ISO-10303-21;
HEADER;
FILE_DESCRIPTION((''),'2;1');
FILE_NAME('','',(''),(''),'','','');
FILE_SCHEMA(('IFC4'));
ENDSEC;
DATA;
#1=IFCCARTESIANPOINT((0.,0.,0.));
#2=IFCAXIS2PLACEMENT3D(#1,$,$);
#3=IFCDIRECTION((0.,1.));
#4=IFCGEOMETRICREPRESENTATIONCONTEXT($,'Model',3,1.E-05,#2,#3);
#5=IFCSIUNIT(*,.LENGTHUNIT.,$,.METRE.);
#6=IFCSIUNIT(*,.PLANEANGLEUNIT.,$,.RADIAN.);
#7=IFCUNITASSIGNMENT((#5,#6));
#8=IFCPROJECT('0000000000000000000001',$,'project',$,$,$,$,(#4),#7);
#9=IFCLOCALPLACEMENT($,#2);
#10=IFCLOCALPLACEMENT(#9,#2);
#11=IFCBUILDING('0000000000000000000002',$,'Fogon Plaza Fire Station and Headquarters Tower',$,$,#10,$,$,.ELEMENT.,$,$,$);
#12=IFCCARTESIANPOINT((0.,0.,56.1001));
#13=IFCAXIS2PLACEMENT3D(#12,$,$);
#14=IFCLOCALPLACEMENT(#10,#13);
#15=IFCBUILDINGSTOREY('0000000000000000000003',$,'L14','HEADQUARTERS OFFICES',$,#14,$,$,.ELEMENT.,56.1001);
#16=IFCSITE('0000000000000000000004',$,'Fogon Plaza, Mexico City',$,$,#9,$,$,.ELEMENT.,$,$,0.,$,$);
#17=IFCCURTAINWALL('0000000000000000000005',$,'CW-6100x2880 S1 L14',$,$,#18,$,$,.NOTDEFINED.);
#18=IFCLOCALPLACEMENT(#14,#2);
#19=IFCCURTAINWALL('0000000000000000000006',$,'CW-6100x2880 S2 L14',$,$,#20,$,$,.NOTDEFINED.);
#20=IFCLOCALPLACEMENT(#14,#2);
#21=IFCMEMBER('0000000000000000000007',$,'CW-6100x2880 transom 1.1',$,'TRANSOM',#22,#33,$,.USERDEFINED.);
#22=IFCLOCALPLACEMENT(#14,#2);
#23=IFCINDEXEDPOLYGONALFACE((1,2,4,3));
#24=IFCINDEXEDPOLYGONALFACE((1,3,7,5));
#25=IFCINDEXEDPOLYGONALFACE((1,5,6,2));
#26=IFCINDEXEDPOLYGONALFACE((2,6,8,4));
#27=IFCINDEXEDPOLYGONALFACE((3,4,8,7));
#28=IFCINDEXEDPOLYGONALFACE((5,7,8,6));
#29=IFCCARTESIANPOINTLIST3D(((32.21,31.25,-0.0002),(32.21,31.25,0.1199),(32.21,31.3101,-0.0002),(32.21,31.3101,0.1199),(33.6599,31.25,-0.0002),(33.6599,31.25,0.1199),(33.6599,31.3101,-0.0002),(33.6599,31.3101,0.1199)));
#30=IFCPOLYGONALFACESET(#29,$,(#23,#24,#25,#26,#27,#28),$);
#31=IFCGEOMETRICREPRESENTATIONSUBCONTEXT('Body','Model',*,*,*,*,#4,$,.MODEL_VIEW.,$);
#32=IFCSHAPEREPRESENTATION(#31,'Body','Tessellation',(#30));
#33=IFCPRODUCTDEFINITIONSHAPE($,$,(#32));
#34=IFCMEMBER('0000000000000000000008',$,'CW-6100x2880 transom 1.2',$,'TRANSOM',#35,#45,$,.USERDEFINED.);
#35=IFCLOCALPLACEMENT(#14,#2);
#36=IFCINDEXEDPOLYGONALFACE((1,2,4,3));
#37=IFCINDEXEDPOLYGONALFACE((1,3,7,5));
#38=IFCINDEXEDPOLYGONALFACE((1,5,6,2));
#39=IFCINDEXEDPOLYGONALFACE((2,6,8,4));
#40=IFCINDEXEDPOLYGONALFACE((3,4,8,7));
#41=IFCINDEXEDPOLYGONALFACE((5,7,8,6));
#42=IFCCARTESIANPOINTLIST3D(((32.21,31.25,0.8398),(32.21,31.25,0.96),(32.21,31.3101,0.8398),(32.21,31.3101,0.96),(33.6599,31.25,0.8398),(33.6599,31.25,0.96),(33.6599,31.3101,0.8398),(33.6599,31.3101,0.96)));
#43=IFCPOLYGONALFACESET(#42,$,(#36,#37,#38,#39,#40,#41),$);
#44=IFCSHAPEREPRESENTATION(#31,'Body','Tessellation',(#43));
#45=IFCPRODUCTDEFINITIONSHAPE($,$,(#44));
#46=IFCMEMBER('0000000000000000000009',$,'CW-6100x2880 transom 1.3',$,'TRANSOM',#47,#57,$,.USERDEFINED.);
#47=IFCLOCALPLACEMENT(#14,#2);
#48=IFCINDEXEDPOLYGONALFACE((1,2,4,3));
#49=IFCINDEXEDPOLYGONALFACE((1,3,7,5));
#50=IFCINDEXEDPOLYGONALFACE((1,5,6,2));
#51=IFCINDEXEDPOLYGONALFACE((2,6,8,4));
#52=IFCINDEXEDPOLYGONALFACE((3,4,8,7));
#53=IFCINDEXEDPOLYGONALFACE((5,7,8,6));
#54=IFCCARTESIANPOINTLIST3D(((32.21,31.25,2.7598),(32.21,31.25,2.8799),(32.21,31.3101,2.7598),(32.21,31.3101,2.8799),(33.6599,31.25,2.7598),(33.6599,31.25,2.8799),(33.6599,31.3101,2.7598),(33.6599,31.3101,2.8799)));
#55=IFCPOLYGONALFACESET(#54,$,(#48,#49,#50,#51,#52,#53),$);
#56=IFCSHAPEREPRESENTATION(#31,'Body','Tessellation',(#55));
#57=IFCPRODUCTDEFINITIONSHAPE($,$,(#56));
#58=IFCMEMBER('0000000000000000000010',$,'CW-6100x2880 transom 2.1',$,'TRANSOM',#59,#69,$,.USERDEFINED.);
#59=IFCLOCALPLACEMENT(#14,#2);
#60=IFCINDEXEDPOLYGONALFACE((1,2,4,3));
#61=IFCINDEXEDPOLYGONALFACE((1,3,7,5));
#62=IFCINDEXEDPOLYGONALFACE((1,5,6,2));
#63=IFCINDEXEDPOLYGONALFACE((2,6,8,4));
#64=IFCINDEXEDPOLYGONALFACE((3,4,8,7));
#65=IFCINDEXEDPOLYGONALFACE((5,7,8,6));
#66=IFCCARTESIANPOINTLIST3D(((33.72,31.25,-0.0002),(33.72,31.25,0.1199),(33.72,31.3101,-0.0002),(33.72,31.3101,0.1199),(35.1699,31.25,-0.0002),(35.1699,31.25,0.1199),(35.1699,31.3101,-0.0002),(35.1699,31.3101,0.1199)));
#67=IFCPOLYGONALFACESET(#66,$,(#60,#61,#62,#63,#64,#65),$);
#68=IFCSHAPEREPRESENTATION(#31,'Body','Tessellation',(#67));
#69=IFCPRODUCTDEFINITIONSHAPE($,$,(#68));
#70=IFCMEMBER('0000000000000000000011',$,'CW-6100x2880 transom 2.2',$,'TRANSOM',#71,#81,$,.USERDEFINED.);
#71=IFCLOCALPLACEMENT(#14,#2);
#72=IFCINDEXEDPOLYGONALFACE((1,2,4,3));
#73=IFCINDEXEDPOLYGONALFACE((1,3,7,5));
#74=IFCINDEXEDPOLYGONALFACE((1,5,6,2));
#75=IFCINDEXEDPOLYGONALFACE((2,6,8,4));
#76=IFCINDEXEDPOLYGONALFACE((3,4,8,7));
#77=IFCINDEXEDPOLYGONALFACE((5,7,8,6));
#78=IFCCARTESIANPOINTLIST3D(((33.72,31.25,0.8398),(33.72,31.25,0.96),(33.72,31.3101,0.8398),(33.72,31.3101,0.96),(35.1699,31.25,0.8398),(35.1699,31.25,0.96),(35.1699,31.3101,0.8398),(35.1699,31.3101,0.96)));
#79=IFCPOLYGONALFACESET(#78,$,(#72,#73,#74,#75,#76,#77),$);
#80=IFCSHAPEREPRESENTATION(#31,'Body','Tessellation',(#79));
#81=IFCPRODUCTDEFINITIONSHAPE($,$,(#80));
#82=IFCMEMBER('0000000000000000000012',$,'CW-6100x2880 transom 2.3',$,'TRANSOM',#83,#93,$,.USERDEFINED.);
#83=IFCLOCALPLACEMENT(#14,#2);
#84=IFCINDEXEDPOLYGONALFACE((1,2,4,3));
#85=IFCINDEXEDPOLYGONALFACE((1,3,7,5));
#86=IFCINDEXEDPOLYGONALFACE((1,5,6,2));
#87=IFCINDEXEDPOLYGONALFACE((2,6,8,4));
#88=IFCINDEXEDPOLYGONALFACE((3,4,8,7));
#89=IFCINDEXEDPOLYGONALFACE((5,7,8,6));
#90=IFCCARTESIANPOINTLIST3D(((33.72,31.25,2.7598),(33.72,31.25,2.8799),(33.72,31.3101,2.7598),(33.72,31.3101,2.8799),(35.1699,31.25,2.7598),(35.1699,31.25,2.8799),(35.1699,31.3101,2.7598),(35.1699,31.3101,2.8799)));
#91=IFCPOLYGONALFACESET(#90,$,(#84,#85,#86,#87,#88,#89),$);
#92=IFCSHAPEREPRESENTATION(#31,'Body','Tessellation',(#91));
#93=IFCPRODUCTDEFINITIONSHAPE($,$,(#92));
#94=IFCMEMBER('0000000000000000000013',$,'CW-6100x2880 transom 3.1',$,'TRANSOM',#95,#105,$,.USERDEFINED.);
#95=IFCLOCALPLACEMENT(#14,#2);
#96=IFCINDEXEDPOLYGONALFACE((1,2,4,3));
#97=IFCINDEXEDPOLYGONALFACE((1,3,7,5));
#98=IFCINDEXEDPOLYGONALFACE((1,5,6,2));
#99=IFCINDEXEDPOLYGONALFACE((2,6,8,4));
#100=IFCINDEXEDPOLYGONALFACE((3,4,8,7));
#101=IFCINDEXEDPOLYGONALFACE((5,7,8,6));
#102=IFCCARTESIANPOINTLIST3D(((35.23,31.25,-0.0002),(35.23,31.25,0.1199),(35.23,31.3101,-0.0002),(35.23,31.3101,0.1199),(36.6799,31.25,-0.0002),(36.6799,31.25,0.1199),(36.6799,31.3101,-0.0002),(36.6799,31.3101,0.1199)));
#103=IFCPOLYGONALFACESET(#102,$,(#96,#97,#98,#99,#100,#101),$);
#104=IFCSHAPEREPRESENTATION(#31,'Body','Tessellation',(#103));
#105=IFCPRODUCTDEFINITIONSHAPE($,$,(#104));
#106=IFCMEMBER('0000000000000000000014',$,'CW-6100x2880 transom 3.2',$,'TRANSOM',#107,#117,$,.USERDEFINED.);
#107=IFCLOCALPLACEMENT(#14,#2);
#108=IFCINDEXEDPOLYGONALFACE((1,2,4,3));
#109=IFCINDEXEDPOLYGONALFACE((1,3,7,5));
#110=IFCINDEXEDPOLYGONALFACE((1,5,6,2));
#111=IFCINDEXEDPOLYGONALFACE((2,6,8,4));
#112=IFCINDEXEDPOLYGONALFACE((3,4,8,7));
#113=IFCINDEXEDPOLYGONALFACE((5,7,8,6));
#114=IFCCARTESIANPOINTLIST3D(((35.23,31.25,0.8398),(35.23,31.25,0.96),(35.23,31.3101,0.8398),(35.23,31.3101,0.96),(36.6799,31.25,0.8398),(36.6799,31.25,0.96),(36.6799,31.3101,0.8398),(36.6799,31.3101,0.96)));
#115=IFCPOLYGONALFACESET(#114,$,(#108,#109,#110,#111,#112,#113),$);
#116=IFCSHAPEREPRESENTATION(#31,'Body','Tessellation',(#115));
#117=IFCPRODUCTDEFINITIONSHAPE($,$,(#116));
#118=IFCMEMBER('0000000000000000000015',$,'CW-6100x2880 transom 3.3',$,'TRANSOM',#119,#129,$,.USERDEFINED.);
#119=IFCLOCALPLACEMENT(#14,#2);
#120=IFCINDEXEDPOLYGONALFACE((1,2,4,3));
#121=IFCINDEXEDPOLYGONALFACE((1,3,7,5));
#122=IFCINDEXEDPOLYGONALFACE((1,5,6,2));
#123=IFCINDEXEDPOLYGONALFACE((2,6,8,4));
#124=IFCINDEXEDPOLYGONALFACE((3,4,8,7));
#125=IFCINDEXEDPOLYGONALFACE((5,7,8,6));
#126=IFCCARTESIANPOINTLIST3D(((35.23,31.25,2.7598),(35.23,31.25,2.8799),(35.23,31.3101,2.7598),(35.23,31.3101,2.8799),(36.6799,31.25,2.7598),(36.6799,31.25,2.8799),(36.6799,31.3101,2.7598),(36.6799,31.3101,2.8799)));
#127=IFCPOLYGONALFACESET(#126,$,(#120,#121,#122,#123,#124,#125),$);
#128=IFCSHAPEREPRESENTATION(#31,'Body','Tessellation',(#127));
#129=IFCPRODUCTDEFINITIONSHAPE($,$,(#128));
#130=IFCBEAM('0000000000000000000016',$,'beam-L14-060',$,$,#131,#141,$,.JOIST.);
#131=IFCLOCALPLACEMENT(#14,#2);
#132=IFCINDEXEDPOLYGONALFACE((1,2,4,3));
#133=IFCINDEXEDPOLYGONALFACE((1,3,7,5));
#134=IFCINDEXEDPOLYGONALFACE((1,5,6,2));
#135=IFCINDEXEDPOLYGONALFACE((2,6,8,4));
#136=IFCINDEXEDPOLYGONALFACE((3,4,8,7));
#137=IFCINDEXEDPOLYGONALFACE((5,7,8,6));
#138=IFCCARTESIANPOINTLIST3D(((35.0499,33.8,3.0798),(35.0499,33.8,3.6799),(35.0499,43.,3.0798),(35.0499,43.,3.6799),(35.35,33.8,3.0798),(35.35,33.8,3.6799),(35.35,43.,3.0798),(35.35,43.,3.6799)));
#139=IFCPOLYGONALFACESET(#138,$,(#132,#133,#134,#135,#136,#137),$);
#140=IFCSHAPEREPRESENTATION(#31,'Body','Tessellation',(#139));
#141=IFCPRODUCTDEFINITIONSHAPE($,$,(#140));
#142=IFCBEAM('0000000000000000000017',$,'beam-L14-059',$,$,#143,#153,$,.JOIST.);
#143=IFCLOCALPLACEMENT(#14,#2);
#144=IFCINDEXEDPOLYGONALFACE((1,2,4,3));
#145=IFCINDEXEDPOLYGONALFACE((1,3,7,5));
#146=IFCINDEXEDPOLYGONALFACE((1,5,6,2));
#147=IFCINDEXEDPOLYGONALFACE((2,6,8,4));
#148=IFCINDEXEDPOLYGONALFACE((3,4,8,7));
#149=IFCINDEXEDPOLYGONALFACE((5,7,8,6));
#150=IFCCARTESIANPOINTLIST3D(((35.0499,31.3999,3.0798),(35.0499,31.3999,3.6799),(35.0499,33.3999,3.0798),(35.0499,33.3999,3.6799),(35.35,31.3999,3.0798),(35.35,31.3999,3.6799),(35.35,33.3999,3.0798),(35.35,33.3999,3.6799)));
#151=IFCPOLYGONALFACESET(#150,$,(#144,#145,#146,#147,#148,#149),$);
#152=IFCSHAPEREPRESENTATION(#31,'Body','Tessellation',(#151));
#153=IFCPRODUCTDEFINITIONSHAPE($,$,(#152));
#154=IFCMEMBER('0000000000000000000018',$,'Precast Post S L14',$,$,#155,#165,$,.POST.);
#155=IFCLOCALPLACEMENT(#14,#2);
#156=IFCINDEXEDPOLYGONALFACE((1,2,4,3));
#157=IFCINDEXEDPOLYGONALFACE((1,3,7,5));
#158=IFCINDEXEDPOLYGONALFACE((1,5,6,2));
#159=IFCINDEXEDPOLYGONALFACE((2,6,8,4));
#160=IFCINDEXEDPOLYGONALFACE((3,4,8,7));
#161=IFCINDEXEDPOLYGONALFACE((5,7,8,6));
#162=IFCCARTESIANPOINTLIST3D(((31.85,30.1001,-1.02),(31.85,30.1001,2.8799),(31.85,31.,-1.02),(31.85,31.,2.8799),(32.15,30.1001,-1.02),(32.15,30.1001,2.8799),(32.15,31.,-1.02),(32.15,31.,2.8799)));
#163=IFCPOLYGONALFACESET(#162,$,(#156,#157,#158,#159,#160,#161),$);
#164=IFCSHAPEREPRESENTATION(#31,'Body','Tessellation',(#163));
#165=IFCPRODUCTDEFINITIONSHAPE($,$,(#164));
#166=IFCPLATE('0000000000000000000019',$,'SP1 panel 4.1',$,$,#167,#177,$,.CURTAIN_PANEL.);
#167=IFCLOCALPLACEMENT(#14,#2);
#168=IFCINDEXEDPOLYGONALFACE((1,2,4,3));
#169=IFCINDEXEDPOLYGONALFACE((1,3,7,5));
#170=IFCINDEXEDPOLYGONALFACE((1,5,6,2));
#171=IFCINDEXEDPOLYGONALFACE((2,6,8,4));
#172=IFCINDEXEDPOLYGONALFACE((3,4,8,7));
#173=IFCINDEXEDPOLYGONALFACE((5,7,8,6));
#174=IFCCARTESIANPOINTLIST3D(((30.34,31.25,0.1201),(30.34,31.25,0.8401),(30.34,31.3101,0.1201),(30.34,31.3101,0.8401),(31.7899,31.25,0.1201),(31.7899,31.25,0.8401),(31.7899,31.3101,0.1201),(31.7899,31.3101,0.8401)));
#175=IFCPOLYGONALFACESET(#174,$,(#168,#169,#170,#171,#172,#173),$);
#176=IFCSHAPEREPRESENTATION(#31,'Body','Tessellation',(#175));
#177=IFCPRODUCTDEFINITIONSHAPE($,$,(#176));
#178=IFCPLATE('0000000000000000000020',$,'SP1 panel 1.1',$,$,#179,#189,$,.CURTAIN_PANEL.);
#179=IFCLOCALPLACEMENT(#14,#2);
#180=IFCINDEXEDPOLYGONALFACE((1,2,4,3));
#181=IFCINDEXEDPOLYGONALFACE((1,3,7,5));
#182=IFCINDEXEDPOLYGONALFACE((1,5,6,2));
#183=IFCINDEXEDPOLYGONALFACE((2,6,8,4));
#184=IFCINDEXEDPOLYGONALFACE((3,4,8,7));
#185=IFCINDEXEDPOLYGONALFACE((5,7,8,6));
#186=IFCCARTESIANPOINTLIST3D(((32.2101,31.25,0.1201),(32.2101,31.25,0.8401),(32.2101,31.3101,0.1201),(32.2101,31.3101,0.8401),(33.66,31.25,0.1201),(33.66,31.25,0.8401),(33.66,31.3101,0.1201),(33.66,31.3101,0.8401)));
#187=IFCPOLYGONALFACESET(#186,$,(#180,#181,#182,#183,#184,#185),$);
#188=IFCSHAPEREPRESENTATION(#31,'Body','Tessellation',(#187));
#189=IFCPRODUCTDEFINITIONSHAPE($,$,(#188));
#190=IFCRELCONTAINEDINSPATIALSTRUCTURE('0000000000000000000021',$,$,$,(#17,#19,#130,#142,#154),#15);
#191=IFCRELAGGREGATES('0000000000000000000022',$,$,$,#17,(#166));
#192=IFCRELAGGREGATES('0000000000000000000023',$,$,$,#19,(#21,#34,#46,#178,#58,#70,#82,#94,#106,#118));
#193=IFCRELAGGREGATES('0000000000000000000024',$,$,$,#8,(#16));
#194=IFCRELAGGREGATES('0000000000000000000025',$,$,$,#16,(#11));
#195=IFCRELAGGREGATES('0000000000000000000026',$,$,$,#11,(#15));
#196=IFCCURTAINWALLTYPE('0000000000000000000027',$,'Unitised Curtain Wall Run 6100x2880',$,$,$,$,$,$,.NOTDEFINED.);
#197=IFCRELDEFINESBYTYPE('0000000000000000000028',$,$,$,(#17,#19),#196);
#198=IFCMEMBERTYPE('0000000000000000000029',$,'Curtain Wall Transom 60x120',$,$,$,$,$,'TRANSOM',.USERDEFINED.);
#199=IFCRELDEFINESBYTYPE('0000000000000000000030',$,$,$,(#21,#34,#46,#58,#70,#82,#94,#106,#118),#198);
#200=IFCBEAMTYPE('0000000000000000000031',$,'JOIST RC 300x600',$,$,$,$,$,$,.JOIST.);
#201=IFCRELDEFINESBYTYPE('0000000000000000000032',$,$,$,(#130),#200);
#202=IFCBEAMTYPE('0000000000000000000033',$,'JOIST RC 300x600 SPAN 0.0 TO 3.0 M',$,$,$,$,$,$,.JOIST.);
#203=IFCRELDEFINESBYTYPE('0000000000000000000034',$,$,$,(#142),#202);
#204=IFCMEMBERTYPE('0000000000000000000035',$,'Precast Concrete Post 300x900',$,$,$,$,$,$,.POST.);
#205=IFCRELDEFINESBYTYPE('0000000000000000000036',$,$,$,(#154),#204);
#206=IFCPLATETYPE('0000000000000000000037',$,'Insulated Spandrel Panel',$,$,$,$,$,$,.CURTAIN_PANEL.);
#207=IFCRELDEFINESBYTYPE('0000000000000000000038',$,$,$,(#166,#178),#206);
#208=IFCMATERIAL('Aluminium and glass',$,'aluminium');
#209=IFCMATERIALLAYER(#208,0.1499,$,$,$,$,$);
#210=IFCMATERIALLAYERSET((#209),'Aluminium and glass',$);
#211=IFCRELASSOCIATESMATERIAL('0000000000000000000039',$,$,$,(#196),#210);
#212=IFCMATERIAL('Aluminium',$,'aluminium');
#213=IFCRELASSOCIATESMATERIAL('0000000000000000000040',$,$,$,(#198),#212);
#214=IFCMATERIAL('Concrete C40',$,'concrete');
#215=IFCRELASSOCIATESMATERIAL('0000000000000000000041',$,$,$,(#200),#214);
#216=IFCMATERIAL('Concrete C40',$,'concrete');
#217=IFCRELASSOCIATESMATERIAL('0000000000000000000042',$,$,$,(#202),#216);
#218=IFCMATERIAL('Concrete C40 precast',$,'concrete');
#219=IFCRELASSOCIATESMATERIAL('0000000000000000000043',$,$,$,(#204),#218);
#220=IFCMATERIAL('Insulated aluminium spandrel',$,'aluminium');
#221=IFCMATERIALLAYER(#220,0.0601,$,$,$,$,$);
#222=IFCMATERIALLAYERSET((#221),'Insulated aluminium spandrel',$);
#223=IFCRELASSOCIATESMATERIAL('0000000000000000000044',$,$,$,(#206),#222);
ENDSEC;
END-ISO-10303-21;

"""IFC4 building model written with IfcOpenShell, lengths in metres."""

from ifc_helpers import new_model, si_unit, direction, frame, origin, origin_2d, place, context, subcontext, project, spatial, rectangle, extrude, material, layer, layer_set, material_profile, profile_set, type_object, element, aggregate, save


model = new_model("IFC4")

# Units and contexts
model_context = context("Model", 3, precision=1e-05, world=origin(), true_north=direction((0.0, 1.0)))
body_context = subcontext(model_context, "Body", "Model", "MODEL_VIEW")
ifc_project = project(units=[si_unit("LENGTHUNIT", "METRE"), si_unit("PLANEANGLEUNIT", "RADIAN")], contexts=[model_context])

# Site, building, storey
site_placement = place(None, origin())
site = spatial("IfcSite", under=ifc_project, at=site_placement, Name="Fogon Plaza, Mexico City", CompositionType="ELEMENT", RefElevation=0.0)
building_placement = place(site_placement, origin())
building = spatial("IfcBuilding", under=site, at=building_placement, Name="Fogon Plaza Fire Station and Headquarters Tower", CompositionType="ELEMENT")
storey_placement = place(building_placement, frame((0.0, 0.0, 56.1001)))
storey = spatial("IfcBuildingStorey", under=building, at=storey_placement, Name="L14", Description="HEADQUARTERS OFFICES", CompositionType="ELEMENT", Elevation=56.1001)

# Curtain walls
ifc_material_1 = material(Name="Aluminium and glass", Category="aluminium")
ifc_layer_1 = layer(ifc_material_1, 0.1499)
ifc_layer_set_1 = layer_set([ifc_layer_1], Name="Aluminium and glass")
curtain_wall_type = type_object("IfcCurtainWallType", Name="Unitised Curtain Wall Run 6100x2880", PredefinedType="NOTDEFINED", material=ifc_layer_set_1)
curtain_wall_1_placement = place(storey_placement, origin())
curtain_wall_1 = element("IfcCurtainWall", 1, at=curtain_wall_1_placement, inside=storey, type_object=curtain_wall_type, Name="CW-6100x2880 S1 L14", PredefinedType="NOTDEFINED")
curtain_wall_2_placement = place(storey_placement, origin())
curtain_wall_2 = element("IfcCurtainWall", 2, at=curtain_wall_2_placement, inside=storey, type_object=curtain_wall_type, Name="CW-6100x2880 S2 L14", PredefinedType="NOTDEFINED")

# Members
ifc_material_2 = material(Name="Aluminium", Category="aluminium")
ifc_material_profile_1 = material_profile(ifc_material_2, rectangle(XDim=0.0601, YDim=0.1201, at=origin_2d()), Name="Curtain Wall Transom 60x120")
ifc_profile_set_1 = profile_set([ifc_material_profile_1], Name="Aluminium")
member_type_1 = type_object("IfcMemberType", Name="Curtain Wall Transom 60x120", ElementType="TRANSOM", PredefinedType="USERDEFINED", material=ifc_profile_set_1)
member_1_placement = place(storey_placement, frame((32.21, 31.28, 0.0598), z_axis=(1.0, 0.0, 0.0), x_axis=(0.0, 1.0, 0.0)))
member_1 = element("IfcMember", 3, at=member_1_placement, type_object=member_type_1, Name="CW-6100x2880 transom 1.1", ObjectType="TRANSOM", PredefinedType="USERDEFINED", context=body_context, shape_type="SweptSolid", body=[
    extrude(rectangle(XDim=0.0601, YDim=0.1201, at=origin_2d()), origin(), (0.0, 0.0, 1.0), 1.45),
])
member_2_placement = place(storey_placement, frame((32.21, 31.28, 0.8999), z_axis=(1.0, 0.0, 0.0), x_axis=(0.0, 1.0, 0.0)))
member_2 = element("IfcMember", 4, at=member_2_placement, type_object=member_type_1, Name="CW-6100x2880 transom 1.2", ObjectType="TRANSOM", PredefinedType="USERDEFINED", context=body_context, shape_type="SweptSolid", body=[
    extrude(rectangle(XDim=0.0601, YDim=0.1201, at=origin_2d()), origin(), (0.0, 0.0, 1.0), 1.45),
])
member_3_placement = place(storey_placement, frame((32.21, 31.28, 2.8198), z_axis=(1.0, 0.0, 0.0), x_axis=(0.0, 1.0, 0.0)))
member_3 = element("IfcMember", 5, at=member_3_placement, type_object=member_type_1, Name="CW-6100x2880 transom 1.3", ObjectType="TRANSOM", PredefinedType="USERDEFINED", context=body_context, shape_type="SweptSolid", body=[
    extrude(rectangle(XDim=0.0601, YDim=0.1201, at=origin_2d()), origin(), (0.0, 0.0, 1.0), 1.45),
])
member_4_placement = place(storey_placement, frame((33.72, 31.28, 0.0598), z_axis=(1.0, 0.0, 0.0), x_axis=(0.0, 1.0, 0.0)))
member_4 = element("IfcMember", 6, at=member_4_placement, type_object=member_type_1, Name="CW-6100x2880 transom 2.1", ObjectType="TRANSOM", PredefinedType="USERDEFINED", context=body_context, shape_type="SweptSolid", body=[
    extrude(rectangle(XDim=0.0601, YDim=0.1201, at=origin_2d()), origin(), (0.0, 0.0, 1.0), 1.45),
])
member_5_placement = place(storey_placement, frame((33.72, 31.28, 0.8999), z_axis=(1.0, 0.0, 0.0), x_axis=(0.0, 1.0, 0.0)))
member_5 = element("IfcMember", 7, at=member_5_placement, type_object=member_type_1, Name="CW-6100x2880 transom 2.2", ObjectType="TRANSOM", PredefinedType="USERDEFINED", context=body_context, shape_type="SweptSolid", body=[
    extrude(rectangle(XDim=0.0601, YDim=0.1201, at=origin_2d()), origin(), (0.0, 0.0, 1.0), 1.45),
])
member_6_placement = place(storey_placement, frame((33.72, 31.28, 2.8198), z_axis=(1.0, 0.0, 0.0), x_axis=(0.0, 1.0, 0.0)))
member_6 = element("IfcMember", 8, at=member_6_placement, type_object=member_type_1, Name="CW-6100x2880 transom 2.3", ObjectType="TRANSOM", PredefinedType="USERDEFINED", context=body_context, shape_type="SweptSolid", body=[
    extrude(rectangle(XDim=0.0601, YDim=0.1201, at=origin_2d()), origin(), (0.0, 0.0, 1.0), 1.45),
])
member_7_placement = place(storey_placement, frame((35.23, 31.28, 0.0598), z_axis=(1.0, 0.0, 0.0), x_axis=(0.0, 1.0, 0.0)))
member_7 = element("IfcMember", 9, at=member_7_placement, type_object=member_type_1, Name="CW-6100x2880 transom 3.1", ObjectType="TRANSOM", PredefinedType="USERDEFINED", context=body_context, shape_type="SweptSolid", body=[
    extrude(rectangle(XDim=0.0601, YDim=0.1201, at=origin_2d()), origin(), (0.0, 0.0, 1.0), 1.45),
])
member_8_placement = place(storey_placement, frame((35.23, 31.28, 0.8999), z_axis=(1.0, 0.0, 0.0), x_axis=(0.0, 1.0, 0.0)))
member_8 = element("IfcMember", 10, at=member_8_placement, type_object=member_type_1, Name="CW-6100x2880 transom 3.2", ObjectType="TRANSOM", PredefinedType="USERDEFINED", context=body_context, shape_type="SweptSolid", body=[
    extrude(rectangle(XDim=0.0601, YDim=0.1201, at=origin_2d()), origin(), (0.0, 0.0, 1.0), 1.45),
])
member_9_placement = place(storey_placement, frame((35.23, 31.28, 2.8198), z_axis=(1.0, 0.0, 0.0), x_axis=(0.0, 1.0, 0.0)))
member_9 = element("IfcMember", 11, at=member_9_placement, type_object=member_type_1, Name="CW-6100x2880 transom 3.3", ObjectType="TRANSOM", PredefinedType="USERDEFINED", context=body_context, shape_type="SweptSolid", body=[
    extrude(rectangle(XDim=0.0601, YDim=0.1201, at=origin_2d()), origin(), (0.0, 0.0, 1.0), 1.45),
])

# Beams
ifc_material_3 = material(Name="Concrete C40", Category="concrete")
ifc_material_profile_2 = material_profile(ifc_material_3, rectangle(XDim=0.3, YDim=0.6001, at=origin_2d()), Name="RC 300x600")
ifc_profile_set_2 = profile_set([ifc_material_profile_2], Name="Concrete C40")
beam_type_1 = type_object("IfcBeamType", Name="JOIST RC 300x600", PredefinedType="JOIST", material=ifc_profile_set_2)
beam_1_placement = place(storey_placement, frame((35.2, 33.8, 3.3799), z_axis=(0.0, 1.0, 0.0), x_axis=(-1.0, 0.0, 0.0)))
element("IfcBeam", 12, at=beam_1_placement, inside=storey, type_object=beam_type_1, Name="beam-L14-060", PredefinedType="JOIST", context=body_context, shape_type="SweptSolid", body=[
    extrude(rectangle(XDim=0.3, YDim=0.6001, at=origin_2d()), origin(), (0.0, 0.0, 1.0), 9.2),
])
ifc_material_4 = material(Name="Concrete C40", Category="concrete")
ifc_material_profile_3 = material_profile(ifc_material_4, rectangle(XDim=0.3, YDim=0.6001, at=origin_2d()), Name="RC 300x600")
ifc_profile_set_3 = profile_set([ifc_material_profile_3], Name="Concrete C40")
beam_type_2 = type_object("IfcBeamType", Name="JOIST RC 300x600 SPAN 0.0 TO 3.0 M", PredefinedType="JOIST", material=ifc_profile_set_3)
beam_2_placement = place(storey_placement, frame((35.2, 31.3999, 3.3799), z_axis=(0.0, 1.0, 0.0), x_axis=(-1.0, 0.0, 0.0)))
element("IfcBeam", 13, at=beam_2_placement, inside=storey, type_object=beam_type_2, Name="beam-L14-059", PredefinedType="JOIST", context=body_context, shape_type="SweptSolid", body=[
    extrude(rectangle(XDim=0.3, YDim=0.6001, at=origin_2d()), origin(), (0.0, 0.0, 1.0), 2.0),
])

# Member
ifc_material_5 = material(Name="Concrete C40 precast", Category="concrete")
ifc_material_profile_4 = material_profile(ifc_material_5, rectangle(XDim=0.3, YDim=0.8999, at=origin_2d()), Name="Precast Concrete Post 300x900")
ifc_profile_set_4 = profile_set([ifc_material_profile_4], Name="Concrete C40 precast")
member_type_2 = type_object("IfcMemberType", Name="Precast Concrete Post 300x900", PredefinedType="POST", material=ifc_profile_set_4)
member_10_placement = place(storey_placement, frame((32.0, 30.55, -1.02), z_axis=(0.0, 0.0, 1.0), x_axis=(1.0, 0.0, 0.0)))
element("IfcMember", 14, at=member_10_placement, inside=storey, type_object=member_type_2, Name="Precast Post S L14", PredefinedType="POST", context=body_context, shape_type="SweptSolid", body=[
    extrude(rectangle(XDim=0.3, YDim=0.8999, at=origin_2d()), origin(), (0.0, 0.0, 1.0), 3.8999),
])

# Plates
ifc_material_6 = material(Name="Insulated aluminium spandrel", Category="aluminium")
ifc_layer_2 = layer(ifc_material_6, 0.0601)
ifc_layer_set_2 = layer_set([ifc_layer_2], Name="Insulated aluminium spandrel")
plate_type_1 = type_object("IfcPlateType", Name="Insulated Spandrel Panel", PredefinedType="CURTAIN_PANEL", material=ifc_layer_set_2)
plate_1_placement = place(storey_placement, frame((31.0649, 31.28, 0.1201), z_axis=(0.0, 0.0, 1.0), x_axis=(1.0, 0.0, 0.0)))
plate_1 = element("IfcPlate", 15, at=plate_1_placement, type_object=plate_type_1, Name="SP1 panel 4.1", PredefinedType="CURTAIN_PANEL", context=body_context, shape_type="SweptSolid", body=[
    extrude(rectangle(XDim=1.45, YDim=0.0601, at=origin_2d()), origin(), (0.0, 0.0, 1.0), 0.72),
])
plate_2_placement = place(storey_placement, frame((32.9351, 31.28, 0.1201), z_axis=(0.0, 0.0, 1.0), x_axis=(1.0, 0.0, 0.0)))
plate_2 = element("IfcPlate", 16, at=plate_2_placement, type_object=plate_type_1, Name="SP1 panel 1.1", PredefinedType="CURTAIN_PANEL", context=body_context, shape_type="SweptSolid", body=[
    extrude(rectangle(XDim=1.45, YDim=0.0601, at=origin_2d()), origin(), (0.0, 0.0, 1.0), 0.72),
])
aggregate(curtain_wall_1, [plate_1])
aggregate(curtain_wall_2, [member_1, member_2, member_3, plate_2, member_4, member_5, member_6, member_7, member_8, member_9])

save(model, "model.ifc")
